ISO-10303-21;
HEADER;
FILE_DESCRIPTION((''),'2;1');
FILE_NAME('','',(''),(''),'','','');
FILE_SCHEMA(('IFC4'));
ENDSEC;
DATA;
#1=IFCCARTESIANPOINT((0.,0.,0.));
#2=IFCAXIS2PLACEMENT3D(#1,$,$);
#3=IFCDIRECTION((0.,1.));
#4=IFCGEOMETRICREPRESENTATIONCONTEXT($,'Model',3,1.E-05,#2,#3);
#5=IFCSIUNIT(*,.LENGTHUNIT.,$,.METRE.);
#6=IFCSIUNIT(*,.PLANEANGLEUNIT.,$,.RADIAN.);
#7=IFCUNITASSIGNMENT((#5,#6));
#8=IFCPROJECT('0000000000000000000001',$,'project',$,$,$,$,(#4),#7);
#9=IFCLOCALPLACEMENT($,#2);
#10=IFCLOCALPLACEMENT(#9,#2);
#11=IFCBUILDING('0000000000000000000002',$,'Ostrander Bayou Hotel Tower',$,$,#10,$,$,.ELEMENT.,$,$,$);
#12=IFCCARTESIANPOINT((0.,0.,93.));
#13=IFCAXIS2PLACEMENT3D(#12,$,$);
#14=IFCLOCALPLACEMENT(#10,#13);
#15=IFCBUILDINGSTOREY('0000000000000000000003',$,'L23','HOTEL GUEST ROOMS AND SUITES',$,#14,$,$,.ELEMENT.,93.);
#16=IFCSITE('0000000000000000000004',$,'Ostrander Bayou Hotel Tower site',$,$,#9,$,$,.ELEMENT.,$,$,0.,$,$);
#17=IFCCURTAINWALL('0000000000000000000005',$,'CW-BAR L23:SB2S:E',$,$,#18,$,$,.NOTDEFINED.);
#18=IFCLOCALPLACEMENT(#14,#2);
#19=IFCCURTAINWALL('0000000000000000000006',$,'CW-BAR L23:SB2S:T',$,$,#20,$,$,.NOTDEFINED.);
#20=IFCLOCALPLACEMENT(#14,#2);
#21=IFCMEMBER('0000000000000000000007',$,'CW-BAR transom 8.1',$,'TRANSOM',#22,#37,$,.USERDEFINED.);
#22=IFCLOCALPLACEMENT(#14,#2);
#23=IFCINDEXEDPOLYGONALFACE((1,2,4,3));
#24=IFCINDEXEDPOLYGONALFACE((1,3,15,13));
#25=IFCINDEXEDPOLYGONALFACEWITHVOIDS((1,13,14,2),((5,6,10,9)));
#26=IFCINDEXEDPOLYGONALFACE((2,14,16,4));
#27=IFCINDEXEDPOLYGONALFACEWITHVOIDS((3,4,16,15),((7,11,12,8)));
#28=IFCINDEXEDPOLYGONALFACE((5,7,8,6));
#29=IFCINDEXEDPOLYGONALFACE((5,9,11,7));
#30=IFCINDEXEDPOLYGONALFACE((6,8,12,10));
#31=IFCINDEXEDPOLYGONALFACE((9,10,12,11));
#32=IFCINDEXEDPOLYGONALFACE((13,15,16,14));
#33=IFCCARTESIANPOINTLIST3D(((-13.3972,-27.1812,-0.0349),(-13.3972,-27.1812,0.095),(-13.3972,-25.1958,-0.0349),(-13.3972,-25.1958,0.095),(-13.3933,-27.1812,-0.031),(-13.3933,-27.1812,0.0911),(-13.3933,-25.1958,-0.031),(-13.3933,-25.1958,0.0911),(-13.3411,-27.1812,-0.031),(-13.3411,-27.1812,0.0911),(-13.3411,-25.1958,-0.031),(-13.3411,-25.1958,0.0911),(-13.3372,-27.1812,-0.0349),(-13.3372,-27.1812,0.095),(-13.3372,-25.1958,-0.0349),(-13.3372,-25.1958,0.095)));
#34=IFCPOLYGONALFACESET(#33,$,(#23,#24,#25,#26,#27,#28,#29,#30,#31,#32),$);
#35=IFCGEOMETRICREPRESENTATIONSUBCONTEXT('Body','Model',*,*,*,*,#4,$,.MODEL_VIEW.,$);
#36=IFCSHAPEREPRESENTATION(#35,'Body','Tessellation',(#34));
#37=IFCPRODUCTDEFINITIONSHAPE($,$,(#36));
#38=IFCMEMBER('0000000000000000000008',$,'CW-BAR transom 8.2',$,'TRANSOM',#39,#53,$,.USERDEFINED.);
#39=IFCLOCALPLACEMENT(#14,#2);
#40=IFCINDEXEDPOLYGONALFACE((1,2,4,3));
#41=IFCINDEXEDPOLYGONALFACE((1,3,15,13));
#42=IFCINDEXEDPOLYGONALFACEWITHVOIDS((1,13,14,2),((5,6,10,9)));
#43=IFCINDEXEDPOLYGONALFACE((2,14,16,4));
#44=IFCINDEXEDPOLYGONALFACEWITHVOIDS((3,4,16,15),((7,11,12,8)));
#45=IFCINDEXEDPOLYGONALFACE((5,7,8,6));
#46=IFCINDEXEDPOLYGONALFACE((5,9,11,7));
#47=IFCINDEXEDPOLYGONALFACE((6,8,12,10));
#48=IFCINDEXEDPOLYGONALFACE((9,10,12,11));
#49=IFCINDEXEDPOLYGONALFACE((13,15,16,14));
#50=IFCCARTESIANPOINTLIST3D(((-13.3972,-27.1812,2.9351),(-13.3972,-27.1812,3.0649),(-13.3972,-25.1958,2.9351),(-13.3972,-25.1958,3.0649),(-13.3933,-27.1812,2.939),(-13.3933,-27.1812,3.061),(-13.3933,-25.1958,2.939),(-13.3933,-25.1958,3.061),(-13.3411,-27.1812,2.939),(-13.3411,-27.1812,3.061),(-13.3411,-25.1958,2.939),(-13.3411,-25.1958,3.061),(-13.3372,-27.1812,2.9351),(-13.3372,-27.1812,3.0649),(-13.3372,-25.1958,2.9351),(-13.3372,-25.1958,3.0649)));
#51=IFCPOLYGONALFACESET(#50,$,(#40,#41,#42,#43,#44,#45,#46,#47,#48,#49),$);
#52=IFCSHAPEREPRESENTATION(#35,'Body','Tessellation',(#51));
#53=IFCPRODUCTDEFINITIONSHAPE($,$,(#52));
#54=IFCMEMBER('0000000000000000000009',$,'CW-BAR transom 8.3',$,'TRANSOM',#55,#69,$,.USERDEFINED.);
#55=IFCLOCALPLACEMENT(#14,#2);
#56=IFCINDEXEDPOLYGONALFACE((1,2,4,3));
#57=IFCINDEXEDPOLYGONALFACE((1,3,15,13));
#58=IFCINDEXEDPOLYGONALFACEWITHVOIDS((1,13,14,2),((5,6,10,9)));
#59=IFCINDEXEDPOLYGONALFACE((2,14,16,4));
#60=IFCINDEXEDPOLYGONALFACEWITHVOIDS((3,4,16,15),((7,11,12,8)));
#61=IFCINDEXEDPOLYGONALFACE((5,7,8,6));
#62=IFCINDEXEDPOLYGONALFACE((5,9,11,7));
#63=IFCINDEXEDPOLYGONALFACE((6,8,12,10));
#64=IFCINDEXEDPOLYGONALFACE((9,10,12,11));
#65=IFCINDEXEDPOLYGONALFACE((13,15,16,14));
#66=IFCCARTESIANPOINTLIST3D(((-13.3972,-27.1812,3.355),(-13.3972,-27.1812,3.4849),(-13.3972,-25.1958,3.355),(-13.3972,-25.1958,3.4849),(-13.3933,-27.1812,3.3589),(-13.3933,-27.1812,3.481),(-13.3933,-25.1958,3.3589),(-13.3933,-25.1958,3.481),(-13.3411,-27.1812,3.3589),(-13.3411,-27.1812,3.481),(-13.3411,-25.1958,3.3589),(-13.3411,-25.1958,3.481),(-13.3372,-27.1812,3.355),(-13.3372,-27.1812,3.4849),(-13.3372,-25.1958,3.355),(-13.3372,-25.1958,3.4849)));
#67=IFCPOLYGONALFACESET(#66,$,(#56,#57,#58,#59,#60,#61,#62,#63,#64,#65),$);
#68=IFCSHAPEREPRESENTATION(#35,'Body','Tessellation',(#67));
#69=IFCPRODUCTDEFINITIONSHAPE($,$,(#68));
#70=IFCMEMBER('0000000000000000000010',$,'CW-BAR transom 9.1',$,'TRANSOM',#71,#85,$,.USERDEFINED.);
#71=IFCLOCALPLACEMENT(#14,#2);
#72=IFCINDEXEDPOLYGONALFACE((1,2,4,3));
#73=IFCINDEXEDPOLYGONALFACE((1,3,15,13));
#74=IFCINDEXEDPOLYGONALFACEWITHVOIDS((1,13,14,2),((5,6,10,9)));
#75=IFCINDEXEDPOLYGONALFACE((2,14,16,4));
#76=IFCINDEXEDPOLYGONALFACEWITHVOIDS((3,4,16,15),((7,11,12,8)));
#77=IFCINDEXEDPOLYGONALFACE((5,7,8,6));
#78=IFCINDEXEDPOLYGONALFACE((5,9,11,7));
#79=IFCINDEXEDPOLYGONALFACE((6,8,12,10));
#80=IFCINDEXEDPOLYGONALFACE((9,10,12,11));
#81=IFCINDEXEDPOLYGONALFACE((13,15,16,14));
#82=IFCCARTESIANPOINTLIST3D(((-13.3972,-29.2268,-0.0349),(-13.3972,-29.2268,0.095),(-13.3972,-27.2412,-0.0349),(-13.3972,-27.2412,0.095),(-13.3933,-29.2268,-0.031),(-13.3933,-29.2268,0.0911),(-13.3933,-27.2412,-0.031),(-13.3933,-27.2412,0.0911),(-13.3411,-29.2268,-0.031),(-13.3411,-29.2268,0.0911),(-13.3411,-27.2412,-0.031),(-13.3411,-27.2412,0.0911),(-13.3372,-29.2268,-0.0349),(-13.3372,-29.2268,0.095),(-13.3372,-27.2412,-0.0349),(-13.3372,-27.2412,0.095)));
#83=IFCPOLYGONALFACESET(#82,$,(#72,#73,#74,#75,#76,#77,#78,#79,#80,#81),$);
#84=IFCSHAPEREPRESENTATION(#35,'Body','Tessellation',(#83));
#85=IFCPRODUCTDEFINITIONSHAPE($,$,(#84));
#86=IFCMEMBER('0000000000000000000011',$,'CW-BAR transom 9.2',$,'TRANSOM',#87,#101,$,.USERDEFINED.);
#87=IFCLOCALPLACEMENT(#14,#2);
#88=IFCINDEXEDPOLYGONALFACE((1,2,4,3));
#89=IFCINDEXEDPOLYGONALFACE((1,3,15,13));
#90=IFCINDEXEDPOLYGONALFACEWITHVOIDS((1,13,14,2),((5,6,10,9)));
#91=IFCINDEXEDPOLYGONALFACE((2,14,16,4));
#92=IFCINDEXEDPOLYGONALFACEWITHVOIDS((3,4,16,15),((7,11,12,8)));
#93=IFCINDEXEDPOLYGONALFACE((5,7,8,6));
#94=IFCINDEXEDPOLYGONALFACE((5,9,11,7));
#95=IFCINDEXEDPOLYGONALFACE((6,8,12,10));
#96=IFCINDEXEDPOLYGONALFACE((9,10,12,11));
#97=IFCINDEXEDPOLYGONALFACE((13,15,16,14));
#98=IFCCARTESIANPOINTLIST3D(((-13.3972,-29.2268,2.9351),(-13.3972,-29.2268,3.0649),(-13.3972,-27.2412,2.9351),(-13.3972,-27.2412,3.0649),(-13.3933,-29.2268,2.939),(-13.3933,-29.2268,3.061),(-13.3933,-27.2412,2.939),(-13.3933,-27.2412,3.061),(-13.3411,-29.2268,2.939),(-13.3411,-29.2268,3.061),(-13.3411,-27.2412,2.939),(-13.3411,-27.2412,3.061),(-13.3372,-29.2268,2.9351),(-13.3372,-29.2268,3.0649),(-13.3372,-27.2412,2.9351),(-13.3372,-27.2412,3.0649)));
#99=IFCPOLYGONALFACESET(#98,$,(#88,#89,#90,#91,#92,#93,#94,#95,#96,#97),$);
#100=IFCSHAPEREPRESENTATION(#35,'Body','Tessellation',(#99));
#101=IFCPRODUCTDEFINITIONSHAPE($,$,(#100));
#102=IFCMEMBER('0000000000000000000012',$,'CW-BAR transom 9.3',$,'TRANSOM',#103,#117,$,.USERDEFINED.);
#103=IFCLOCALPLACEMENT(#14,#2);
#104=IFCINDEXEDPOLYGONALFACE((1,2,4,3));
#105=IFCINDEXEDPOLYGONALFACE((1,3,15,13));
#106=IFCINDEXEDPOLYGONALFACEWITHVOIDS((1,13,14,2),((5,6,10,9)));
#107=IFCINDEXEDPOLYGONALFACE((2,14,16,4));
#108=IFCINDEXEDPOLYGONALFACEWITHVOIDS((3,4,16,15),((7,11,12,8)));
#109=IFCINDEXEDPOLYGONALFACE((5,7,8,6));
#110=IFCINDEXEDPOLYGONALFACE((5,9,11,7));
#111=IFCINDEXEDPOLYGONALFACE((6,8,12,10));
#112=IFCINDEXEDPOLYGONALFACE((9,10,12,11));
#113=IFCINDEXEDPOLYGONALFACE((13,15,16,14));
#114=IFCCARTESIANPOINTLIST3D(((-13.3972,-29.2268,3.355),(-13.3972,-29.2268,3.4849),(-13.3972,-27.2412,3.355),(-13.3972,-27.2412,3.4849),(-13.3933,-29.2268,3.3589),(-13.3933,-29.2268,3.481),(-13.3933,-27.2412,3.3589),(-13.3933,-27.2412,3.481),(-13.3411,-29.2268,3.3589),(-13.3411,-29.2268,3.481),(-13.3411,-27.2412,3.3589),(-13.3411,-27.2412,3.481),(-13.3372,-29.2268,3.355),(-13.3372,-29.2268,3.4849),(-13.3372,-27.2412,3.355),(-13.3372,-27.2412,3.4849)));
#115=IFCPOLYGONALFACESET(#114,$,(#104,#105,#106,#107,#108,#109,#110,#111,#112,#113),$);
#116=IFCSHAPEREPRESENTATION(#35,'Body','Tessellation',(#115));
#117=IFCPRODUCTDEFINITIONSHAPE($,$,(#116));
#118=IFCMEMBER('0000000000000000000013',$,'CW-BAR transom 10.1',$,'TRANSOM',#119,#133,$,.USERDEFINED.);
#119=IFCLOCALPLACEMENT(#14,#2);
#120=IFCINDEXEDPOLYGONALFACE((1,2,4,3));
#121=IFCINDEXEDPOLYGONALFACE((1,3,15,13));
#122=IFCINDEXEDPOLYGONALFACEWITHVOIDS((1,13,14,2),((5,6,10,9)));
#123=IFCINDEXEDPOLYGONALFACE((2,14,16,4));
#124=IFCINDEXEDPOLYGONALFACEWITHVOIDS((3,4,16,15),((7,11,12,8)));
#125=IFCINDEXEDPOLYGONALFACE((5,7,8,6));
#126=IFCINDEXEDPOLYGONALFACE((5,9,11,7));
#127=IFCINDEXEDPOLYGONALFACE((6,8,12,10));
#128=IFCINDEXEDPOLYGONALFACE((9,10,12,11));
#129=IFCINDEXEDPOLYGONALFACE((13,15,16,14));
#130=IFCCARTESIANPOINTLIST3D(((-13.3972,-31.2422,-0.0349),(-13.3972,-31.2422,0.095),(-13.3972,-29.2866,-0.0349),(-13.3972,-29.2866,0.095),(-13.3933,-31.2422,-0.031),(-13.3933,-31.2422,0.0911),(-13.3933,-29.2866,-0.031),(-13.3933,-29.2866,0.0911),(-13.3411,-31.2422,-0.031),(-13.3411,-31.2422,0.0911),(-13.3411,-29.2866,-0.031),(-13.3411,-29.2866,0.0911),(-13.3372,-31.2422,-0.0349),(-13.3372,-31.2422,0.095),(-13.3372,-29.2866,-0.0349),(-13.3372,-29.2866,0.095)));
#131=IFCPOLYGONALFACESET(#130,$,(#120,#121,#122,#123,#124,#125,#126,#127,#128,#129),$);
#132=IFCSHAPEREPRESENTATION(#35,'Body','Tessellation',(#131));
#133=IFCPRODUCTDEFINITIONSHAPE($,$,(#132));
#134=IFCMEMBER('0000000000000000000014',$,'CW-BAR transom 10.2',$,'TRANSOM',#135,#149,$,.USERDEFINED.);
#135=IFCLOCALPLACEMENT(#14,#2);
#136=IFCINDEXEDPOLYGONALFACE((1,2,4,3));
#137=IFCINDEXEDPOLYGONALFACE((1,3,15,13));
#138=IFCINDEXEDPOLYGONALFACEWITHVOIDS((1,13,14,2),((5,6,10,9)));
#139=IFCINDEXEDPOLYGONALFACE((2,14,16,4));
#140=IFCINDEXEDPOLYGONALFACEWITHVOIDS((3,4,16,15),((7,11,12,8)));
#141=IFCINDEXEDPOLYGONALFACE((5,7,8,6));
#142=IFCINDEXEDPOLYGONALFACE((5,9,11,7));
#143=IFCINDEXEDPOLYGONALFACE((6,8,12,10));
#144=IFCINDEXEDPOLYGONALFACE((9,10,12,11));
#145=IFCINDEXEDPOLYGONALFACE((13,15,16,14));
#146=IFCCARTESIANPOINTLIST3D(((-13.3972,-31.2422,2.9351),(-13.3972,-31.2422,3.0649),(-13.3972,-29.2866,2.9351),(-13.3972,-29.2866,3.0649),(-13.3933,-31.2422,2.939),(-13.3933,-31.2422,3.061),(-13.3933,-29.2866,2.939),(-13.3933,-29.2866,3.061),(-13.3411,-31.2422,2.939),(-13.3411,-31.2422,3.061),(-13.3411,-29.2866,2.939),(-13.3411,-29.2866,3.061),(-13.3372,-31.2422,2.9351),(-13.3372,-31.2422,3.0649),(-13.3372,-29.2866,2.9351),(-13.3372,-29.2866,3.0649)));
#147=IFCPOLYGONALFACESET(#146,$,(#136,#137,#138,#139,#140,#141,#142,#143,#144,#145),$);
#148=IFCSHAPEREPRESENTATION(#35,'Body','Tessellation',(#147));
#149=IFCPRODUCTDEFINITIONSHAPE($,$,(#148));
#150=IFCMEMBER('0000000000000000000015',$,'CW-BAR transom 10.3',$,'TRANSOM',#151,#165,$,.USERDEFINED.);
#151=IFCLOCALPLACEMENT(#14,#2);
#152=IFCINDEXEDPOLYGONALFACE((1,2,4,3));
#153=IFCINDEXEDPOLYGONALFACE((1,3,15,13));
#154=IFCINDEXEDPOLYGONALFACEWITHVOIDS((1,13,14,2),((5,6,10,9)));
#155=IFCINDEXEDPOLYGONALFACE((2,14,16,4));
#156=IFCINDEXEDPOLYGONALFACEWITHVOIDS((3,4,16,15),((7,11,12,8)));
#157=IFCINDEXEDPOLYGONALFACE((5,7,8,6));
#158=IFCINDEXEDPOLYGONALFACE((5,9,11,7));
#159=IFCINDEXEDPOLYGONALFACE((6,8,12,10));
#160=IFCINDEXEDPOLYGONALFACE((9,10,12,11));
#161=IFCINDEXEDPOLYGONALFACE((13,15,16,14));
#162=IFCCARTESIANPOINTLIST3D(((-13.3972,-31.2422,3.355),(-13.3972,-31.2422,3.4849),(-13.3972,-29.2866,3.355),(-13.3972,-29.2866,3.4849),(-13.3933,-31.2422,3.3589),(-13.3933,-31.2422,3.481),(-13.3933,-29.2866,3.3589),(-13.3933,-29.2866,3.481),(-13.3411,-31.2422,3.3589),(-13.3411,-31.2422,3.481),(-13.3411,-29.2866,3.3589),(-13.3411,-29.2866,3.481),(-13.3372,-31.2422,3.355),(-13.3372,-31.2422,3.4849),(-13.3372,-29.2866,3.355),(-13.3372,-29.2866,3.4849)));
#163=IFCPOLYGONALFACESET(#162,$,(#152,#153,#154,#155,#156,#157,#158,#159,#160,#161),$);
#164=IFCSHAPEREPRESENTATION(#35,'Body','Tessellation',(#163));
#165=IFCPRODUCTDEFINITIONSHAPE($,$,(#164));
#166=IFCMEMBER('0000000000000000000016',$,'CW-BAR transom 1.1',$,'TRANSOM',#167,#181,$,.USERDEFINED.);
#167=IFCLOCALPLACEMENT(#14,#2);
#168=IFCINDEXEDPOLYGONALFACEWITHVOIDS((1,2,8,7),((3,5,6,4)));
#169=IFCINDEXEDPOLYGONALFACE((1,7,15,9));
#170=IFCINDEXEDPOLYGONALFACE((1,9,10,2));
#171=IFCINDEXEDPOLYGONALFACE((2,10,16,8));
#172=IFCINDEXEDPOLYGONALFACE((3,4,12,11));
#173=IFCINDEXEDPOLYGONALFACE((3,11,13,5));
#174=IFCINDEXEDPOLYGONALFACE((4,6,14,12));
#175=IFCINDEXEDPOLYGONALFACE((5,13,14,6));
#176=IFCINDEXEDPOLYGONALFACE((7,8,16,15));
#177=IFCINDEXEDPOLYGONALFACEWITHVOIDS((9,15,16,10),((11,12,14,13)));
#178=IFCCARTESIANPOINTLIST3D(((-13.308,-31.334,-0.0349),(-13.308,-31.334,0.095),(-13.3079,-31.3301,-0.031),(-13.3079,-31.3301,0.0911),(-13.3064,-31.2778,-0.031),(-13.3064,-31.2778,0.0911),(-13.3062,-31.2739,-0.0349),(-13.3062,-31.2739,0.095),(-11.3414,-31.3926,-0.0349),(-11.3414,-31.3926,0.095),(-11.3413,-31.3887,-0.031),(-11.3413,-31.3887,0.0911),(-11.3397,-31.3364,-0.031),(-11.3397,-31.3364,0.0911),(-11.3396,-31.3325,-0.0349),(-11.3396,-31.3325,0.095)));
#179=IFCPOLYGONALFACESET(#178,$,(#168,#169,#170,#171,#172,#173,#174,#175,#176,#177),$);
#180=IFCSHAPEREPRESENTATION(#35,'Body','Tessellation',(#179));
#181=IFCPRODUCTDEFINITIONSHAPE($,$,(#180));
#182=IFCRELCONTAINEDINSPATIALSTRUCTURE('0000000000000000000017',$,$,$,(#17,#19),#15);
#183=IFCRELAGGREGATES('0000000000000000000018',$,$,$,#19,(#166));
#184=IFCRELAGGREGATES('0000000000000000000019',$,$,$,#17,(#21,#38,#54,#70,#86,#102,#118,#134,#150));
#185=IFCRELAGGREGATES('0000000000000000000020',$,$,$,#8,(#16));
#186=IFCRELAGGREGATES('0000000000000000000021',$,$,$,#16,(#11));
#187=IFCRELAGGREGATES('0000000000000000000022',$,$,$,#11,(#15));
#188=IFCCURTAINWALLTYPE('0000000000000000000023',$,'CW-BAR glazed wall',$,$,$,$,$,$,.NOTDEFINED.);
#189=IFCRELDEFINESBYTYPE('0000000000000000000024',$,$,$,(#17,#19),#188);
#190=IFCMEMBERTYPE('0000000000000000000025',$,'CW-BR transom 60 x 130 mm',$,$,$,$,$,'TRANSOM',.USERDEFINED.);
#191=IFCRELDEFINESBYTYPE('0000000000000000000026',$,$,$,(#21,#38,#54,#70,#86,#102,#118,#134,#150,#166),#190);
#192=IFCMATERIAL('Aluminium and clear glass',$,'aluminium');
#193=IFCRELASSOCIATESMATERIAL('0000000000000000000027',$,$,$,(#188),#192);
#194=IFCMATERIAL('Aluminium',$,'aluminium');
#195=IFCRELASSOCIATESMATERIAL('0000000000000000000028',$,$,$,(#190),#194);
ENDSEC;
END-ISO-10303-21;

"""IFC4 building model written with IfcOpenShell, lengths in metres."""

from ifc_helpers import new_model, si_unit, direction, frame, origin, origin_2d, place, context, subcontext, project, spatial, hollow_rectangle, extrude, material, material_profile, profile_set, type_object, element, aggregate, save


model = new_model("IFC4")

# Units and contexts
model_context = context("Model", 3, precision=1e-05, world=origin(), true_north=direction((0.0, 1.0)))
body_context = subcontext(model_context, "Body", "Model", "MODEL_VIEW")
ifc_project = project(units=[si_unit("LENGTHUNIT", "METRE"), si_unit("PLANEANGLEUNIT", "RADIAN")], contexts=[model_context])

# Site, building, storey
site_placement = place(None, origin())
site = spatial("IfcSite", under=ifc_project, at=site_placement, Name="Ostrander Bayou Hotel Tower site", CompositionType="ELEMENT", RefElevation=0.0)
building_placement = place(site_placement, origin())
building = spatial("IfcBuilding", under=site, at=building_placement, Name="Ostrander Bayou Hotel Tower", CompositionType="ELEMENT")
storey_placement = place(building_placement, frame((0.0, 0.0, 93.0)))
storey = spatial("IfcBuildingStorey", under=building, at=storey_placement, Name="L23", Description="HOTEL GUEST ROOMS AND SUITES", CompositionType="ELEMENT", Elevation=93.0)

# Curtain wall
ifc_material_1 = material(Name="Aluminium and clear glass", Category="aluminium")
curtain_wall_type = type_object("IfcCurtainWallType", Name="CW-BAR glazed wall", PredefinedType="NOTDEFINED", material=ifc_material_1)
curtain_wall_1_placement = place(storey_placement, origin())
curtain_wall_1 = element("IfcCurtainWall", 1, at=curtain_wall_1_placement, inside=storey, type_object=curtain_wall_type, Name="CW-BAR L23:SB2S:E", PredefinedType="NOTDEFINED")

# Curtain wall
curtain_wall_2_placement = place(storey_placement, origin())
curtain_wall_2 = element("IfcCurtainWall", 2, at=curtain_wall_2_placement, inside=storey, type_object=curtain_wall_type, Name="CW-BAR L23:SB2S:T", PredefinedType="NOTDEFINED")

# Members
ifc_material_2 = material(Name="Aluminium", Category="aluminium")
ifc_material_profile_1 = material_profile(ifc_material_2, hollow_rectangle(XDim=0.0601, YDim=0.1299, WallThickness=0.0039, at=origin_2d()))
ifc_profile_set_1 = profile_set([ifc_material_profile_1], Name="Aluminium")
member_type_1 = type_object("IfcMemberType", Name="CW-BR transom 60 x 130 mm", ElementType="TRANSOM", PredefinedType="USERDEFINED", material=ifc_profile_set_1)
member_1_placement = place(storey_placement, frame((-13.3672, -25.1958, 0.03), z_axis=(0.0, -1.0, 0.0), x_axis=(1.0, 0.0, 0.0)))
member_1 = element("IfcMember", 3, at=member_1_placement, type_object=member_type_1, Name="CW-BAR transom 8.1", ObjectType="TRANSOM", PredefinedType="USERDEFINED", context=body_context, shape_type="SweptSolid", body=[
    extrude(hollow_rectangle(XDim=0.0601, YDim=0.1299, WallThickness=0.0039, at=origin_2d()), origin(), (0.0, 0.0, 1.0), 1.9854),
])
member_2_placement = place(storey_placement, frame((-13.3672, -25.1958, 3.0), z_axis=(0.0, -1.0, 0.0), x_axis=(1.0, 0.0, 0.0)))
member_2 = element("IfcMember", 4, at=member_2_placement, type_object=member_type_1, Name="CW-BAR transom 8.2", ObjectType="TRANSOM", PredefinedType="USERDEFINED", context=body_context, shape_type="SweptSolid", body=[
    extrude(hollow_rectangle(XDim=0.0601, YDim=0.1299, WallThickness=0.0039, at=origin_2d()), origin(), (0.0, 0.0, 1.0), 1.9854),
])
member_3_placement = place(storey_placement, frame((-13.3672, -25.1958, 3.4199), z_axis=(0.0, -1.0, 0.0), x_axis=(1.0, 0.0, 0.0)))
member_3 = element("IfcMember", 5, at=member_3_placement, type_object=member_type_1, Name="CW-BAR transom 8.3", ObjectType="TRANSOM", PredefinedType="USERDEFINED", context=body_context, shape_type="SweptSolid", body=[
    extrude(hollow_rectangle(XDim=0.0601, YDim=0.1299, WallThickness=0.0039, at=origin_2d()), origin(), (0.0, 0.0, 1.0), 1.9854),
])
member_4_placement = place(storey_placement, frame((-13.3672, -27.2412, 0.03), z_axis=(0.0, -1.0, 0.0), x_axis=(1.0, 0.0, 0.0)))
member_4 = element("IfcMember", 6, at=member_4_placement, type_object=member_type_1, Name="CW-BAR transom 9.1", ObjectType="TRANSOM", PredefinedType="USERDEFINED", context=body_context, shape_type="SweptSolid", body=[
    extrude(hollow_rectangle(XDim=0.0601, YDim=0.1299, WallThickness=0.0039, at=origin_2d()), origin(), (0.0, 0.0, 1.0), 1.9856),
])
member_5_placement = place(storey_placement, frame((-13.3672, -27.2412, 3.0), z_axis=(0.0, -1.0, 0.0), x_axis=(1.0, 0.0, 0.0)))
member_5 = element("IfcMember", 7, at=member_5_placement, type_object=member_type_1, Name="CW-BAR transom 9.2", ObjectType="TRANSOM", PredefinedType="USERDEFINED", context=body_context, shape_type="SweptSolid", body=[
    extrude(hollow_rectangle(XDim=0.0601, YDim=0.1299, WallThickness=0.0039, at=origin_2d()), origin(), (0.0, 0.0, 1.0), 1.9856),
])
member_6_placement = place(storey_placement, frame((-13.3672, -27.2412, 3.4199), z_axis=(0.0, -1.0, 0.0), x_axis=(1.0, 0.0, 0.0)))
member_6 = element("IfcMember", 8, at=member_6_placement, type_object=member_type_1, Name="CW-BAR transom 9.3", ObjectType="TRANSOM", PredefinedType="USERDEFINED", context=body_context, shape_type="SweptSolid", body=[
    extrude(hollow_rectangle(XDim=0.0601, YDim=0.1299, WallThickness=0.0039, at=origin_2d()), origin(), (0.0, 0.0, 1.0), 1.9856),
])
member_7_placement = place(storey_placement, frame((-13.3672, -29.2866, 0.03), z_axis=(0.0, -1.0, 0.0), x_axis=(1.0, 0.0, 0.0)))
member_7 = element("IfcMember", 9, at=member_7_placement, type_object=member_type_1, Name="CW-BAR transom 10.1", ObjectType="TRANSOM", PredefinedType="USERDEFINED", context=body_context, shape_type="SweptSolid", body=[
    extrude(hollow_rectangle(XDim=0.0601, YDim=0.1299, WallThickness=0.0039, at=origin_2d()), origin(), (0.0, 0.0, 1.0), 1.9556),
])
member_8_placement = place(storey_placement, frame((-13.3672, -29.2866, 3.0), z_axis=(0.0, -1.0, 0.0), x_axis=(1.0, 0.0, 0.0)))
member_8 = element("IfcMember", 10, at=member_8_placement, type_object=member_type_1, Name="CW-BAR transom 10.2", ObjectType="TRANSOM", PredefinedType="USERDEFINED", context=body_context, shape_type="SweptSolid", body=[
    extrude(hollow_rectangle(XDim=0.0601, YDim=0.1299, WallThickness=0.0039, at=origin_2d()), origin(), (0.0, 0.0, 1.0), 1.9556),
])
member_9_placement = place(storey_placement, frame((-13.3672, -29.2866, 3.4199), z_axis=(0.0, -1.0, 0.0), x_axis=(1.0, 0.0, 0.0)))
member_9 = element("IfcMember", 11, at=member_9_placement, type_object=member_type_1, Name="CW-BAR transom 10.3", ObjectType="TRANSOM", PredefinedType="USERDEFINED", context=body_context, shape_type="SweptSolid", body=[
    extrude(hollow_rectangle(XDim=0.0601, YDim=0.1299, WallThickness=0.0039, at=origin_2d()), origin(), (0.0, 0.0, 1.0), 1.9556),
])
member_10_placement = place(storey_placement, frame((-13.3071, -31.304, 0.03), z_axis=(0.999556, -0.029782, 0.0), x_axis=(0.029782, 0.999556, 0.0)))
member_10 = element("IfcMember", 12, at=member_10_placement, type_object=member_type_1, Name="CW-BAR transom 1.1", ObjectType="TRANSOM", PredefinedType="USERDEFINED", context=body_context, shape_type="SweptSolid", body=[
    extrude(hollow_rectangle(XDim=0.0601, YDim=0.1299, WallThickness=0.0039, at=origin_2d()), origin(), (0.0, 0.0, 1.0), 1.9675),
])
aggregate(curtain_wall_2, [member_10])

aggregate(curtain_wall_1, [member_1, member_2, member_3, member_4, member_5, member_6, member_7, member_8, member_9])

save(model, "model.ifc")
